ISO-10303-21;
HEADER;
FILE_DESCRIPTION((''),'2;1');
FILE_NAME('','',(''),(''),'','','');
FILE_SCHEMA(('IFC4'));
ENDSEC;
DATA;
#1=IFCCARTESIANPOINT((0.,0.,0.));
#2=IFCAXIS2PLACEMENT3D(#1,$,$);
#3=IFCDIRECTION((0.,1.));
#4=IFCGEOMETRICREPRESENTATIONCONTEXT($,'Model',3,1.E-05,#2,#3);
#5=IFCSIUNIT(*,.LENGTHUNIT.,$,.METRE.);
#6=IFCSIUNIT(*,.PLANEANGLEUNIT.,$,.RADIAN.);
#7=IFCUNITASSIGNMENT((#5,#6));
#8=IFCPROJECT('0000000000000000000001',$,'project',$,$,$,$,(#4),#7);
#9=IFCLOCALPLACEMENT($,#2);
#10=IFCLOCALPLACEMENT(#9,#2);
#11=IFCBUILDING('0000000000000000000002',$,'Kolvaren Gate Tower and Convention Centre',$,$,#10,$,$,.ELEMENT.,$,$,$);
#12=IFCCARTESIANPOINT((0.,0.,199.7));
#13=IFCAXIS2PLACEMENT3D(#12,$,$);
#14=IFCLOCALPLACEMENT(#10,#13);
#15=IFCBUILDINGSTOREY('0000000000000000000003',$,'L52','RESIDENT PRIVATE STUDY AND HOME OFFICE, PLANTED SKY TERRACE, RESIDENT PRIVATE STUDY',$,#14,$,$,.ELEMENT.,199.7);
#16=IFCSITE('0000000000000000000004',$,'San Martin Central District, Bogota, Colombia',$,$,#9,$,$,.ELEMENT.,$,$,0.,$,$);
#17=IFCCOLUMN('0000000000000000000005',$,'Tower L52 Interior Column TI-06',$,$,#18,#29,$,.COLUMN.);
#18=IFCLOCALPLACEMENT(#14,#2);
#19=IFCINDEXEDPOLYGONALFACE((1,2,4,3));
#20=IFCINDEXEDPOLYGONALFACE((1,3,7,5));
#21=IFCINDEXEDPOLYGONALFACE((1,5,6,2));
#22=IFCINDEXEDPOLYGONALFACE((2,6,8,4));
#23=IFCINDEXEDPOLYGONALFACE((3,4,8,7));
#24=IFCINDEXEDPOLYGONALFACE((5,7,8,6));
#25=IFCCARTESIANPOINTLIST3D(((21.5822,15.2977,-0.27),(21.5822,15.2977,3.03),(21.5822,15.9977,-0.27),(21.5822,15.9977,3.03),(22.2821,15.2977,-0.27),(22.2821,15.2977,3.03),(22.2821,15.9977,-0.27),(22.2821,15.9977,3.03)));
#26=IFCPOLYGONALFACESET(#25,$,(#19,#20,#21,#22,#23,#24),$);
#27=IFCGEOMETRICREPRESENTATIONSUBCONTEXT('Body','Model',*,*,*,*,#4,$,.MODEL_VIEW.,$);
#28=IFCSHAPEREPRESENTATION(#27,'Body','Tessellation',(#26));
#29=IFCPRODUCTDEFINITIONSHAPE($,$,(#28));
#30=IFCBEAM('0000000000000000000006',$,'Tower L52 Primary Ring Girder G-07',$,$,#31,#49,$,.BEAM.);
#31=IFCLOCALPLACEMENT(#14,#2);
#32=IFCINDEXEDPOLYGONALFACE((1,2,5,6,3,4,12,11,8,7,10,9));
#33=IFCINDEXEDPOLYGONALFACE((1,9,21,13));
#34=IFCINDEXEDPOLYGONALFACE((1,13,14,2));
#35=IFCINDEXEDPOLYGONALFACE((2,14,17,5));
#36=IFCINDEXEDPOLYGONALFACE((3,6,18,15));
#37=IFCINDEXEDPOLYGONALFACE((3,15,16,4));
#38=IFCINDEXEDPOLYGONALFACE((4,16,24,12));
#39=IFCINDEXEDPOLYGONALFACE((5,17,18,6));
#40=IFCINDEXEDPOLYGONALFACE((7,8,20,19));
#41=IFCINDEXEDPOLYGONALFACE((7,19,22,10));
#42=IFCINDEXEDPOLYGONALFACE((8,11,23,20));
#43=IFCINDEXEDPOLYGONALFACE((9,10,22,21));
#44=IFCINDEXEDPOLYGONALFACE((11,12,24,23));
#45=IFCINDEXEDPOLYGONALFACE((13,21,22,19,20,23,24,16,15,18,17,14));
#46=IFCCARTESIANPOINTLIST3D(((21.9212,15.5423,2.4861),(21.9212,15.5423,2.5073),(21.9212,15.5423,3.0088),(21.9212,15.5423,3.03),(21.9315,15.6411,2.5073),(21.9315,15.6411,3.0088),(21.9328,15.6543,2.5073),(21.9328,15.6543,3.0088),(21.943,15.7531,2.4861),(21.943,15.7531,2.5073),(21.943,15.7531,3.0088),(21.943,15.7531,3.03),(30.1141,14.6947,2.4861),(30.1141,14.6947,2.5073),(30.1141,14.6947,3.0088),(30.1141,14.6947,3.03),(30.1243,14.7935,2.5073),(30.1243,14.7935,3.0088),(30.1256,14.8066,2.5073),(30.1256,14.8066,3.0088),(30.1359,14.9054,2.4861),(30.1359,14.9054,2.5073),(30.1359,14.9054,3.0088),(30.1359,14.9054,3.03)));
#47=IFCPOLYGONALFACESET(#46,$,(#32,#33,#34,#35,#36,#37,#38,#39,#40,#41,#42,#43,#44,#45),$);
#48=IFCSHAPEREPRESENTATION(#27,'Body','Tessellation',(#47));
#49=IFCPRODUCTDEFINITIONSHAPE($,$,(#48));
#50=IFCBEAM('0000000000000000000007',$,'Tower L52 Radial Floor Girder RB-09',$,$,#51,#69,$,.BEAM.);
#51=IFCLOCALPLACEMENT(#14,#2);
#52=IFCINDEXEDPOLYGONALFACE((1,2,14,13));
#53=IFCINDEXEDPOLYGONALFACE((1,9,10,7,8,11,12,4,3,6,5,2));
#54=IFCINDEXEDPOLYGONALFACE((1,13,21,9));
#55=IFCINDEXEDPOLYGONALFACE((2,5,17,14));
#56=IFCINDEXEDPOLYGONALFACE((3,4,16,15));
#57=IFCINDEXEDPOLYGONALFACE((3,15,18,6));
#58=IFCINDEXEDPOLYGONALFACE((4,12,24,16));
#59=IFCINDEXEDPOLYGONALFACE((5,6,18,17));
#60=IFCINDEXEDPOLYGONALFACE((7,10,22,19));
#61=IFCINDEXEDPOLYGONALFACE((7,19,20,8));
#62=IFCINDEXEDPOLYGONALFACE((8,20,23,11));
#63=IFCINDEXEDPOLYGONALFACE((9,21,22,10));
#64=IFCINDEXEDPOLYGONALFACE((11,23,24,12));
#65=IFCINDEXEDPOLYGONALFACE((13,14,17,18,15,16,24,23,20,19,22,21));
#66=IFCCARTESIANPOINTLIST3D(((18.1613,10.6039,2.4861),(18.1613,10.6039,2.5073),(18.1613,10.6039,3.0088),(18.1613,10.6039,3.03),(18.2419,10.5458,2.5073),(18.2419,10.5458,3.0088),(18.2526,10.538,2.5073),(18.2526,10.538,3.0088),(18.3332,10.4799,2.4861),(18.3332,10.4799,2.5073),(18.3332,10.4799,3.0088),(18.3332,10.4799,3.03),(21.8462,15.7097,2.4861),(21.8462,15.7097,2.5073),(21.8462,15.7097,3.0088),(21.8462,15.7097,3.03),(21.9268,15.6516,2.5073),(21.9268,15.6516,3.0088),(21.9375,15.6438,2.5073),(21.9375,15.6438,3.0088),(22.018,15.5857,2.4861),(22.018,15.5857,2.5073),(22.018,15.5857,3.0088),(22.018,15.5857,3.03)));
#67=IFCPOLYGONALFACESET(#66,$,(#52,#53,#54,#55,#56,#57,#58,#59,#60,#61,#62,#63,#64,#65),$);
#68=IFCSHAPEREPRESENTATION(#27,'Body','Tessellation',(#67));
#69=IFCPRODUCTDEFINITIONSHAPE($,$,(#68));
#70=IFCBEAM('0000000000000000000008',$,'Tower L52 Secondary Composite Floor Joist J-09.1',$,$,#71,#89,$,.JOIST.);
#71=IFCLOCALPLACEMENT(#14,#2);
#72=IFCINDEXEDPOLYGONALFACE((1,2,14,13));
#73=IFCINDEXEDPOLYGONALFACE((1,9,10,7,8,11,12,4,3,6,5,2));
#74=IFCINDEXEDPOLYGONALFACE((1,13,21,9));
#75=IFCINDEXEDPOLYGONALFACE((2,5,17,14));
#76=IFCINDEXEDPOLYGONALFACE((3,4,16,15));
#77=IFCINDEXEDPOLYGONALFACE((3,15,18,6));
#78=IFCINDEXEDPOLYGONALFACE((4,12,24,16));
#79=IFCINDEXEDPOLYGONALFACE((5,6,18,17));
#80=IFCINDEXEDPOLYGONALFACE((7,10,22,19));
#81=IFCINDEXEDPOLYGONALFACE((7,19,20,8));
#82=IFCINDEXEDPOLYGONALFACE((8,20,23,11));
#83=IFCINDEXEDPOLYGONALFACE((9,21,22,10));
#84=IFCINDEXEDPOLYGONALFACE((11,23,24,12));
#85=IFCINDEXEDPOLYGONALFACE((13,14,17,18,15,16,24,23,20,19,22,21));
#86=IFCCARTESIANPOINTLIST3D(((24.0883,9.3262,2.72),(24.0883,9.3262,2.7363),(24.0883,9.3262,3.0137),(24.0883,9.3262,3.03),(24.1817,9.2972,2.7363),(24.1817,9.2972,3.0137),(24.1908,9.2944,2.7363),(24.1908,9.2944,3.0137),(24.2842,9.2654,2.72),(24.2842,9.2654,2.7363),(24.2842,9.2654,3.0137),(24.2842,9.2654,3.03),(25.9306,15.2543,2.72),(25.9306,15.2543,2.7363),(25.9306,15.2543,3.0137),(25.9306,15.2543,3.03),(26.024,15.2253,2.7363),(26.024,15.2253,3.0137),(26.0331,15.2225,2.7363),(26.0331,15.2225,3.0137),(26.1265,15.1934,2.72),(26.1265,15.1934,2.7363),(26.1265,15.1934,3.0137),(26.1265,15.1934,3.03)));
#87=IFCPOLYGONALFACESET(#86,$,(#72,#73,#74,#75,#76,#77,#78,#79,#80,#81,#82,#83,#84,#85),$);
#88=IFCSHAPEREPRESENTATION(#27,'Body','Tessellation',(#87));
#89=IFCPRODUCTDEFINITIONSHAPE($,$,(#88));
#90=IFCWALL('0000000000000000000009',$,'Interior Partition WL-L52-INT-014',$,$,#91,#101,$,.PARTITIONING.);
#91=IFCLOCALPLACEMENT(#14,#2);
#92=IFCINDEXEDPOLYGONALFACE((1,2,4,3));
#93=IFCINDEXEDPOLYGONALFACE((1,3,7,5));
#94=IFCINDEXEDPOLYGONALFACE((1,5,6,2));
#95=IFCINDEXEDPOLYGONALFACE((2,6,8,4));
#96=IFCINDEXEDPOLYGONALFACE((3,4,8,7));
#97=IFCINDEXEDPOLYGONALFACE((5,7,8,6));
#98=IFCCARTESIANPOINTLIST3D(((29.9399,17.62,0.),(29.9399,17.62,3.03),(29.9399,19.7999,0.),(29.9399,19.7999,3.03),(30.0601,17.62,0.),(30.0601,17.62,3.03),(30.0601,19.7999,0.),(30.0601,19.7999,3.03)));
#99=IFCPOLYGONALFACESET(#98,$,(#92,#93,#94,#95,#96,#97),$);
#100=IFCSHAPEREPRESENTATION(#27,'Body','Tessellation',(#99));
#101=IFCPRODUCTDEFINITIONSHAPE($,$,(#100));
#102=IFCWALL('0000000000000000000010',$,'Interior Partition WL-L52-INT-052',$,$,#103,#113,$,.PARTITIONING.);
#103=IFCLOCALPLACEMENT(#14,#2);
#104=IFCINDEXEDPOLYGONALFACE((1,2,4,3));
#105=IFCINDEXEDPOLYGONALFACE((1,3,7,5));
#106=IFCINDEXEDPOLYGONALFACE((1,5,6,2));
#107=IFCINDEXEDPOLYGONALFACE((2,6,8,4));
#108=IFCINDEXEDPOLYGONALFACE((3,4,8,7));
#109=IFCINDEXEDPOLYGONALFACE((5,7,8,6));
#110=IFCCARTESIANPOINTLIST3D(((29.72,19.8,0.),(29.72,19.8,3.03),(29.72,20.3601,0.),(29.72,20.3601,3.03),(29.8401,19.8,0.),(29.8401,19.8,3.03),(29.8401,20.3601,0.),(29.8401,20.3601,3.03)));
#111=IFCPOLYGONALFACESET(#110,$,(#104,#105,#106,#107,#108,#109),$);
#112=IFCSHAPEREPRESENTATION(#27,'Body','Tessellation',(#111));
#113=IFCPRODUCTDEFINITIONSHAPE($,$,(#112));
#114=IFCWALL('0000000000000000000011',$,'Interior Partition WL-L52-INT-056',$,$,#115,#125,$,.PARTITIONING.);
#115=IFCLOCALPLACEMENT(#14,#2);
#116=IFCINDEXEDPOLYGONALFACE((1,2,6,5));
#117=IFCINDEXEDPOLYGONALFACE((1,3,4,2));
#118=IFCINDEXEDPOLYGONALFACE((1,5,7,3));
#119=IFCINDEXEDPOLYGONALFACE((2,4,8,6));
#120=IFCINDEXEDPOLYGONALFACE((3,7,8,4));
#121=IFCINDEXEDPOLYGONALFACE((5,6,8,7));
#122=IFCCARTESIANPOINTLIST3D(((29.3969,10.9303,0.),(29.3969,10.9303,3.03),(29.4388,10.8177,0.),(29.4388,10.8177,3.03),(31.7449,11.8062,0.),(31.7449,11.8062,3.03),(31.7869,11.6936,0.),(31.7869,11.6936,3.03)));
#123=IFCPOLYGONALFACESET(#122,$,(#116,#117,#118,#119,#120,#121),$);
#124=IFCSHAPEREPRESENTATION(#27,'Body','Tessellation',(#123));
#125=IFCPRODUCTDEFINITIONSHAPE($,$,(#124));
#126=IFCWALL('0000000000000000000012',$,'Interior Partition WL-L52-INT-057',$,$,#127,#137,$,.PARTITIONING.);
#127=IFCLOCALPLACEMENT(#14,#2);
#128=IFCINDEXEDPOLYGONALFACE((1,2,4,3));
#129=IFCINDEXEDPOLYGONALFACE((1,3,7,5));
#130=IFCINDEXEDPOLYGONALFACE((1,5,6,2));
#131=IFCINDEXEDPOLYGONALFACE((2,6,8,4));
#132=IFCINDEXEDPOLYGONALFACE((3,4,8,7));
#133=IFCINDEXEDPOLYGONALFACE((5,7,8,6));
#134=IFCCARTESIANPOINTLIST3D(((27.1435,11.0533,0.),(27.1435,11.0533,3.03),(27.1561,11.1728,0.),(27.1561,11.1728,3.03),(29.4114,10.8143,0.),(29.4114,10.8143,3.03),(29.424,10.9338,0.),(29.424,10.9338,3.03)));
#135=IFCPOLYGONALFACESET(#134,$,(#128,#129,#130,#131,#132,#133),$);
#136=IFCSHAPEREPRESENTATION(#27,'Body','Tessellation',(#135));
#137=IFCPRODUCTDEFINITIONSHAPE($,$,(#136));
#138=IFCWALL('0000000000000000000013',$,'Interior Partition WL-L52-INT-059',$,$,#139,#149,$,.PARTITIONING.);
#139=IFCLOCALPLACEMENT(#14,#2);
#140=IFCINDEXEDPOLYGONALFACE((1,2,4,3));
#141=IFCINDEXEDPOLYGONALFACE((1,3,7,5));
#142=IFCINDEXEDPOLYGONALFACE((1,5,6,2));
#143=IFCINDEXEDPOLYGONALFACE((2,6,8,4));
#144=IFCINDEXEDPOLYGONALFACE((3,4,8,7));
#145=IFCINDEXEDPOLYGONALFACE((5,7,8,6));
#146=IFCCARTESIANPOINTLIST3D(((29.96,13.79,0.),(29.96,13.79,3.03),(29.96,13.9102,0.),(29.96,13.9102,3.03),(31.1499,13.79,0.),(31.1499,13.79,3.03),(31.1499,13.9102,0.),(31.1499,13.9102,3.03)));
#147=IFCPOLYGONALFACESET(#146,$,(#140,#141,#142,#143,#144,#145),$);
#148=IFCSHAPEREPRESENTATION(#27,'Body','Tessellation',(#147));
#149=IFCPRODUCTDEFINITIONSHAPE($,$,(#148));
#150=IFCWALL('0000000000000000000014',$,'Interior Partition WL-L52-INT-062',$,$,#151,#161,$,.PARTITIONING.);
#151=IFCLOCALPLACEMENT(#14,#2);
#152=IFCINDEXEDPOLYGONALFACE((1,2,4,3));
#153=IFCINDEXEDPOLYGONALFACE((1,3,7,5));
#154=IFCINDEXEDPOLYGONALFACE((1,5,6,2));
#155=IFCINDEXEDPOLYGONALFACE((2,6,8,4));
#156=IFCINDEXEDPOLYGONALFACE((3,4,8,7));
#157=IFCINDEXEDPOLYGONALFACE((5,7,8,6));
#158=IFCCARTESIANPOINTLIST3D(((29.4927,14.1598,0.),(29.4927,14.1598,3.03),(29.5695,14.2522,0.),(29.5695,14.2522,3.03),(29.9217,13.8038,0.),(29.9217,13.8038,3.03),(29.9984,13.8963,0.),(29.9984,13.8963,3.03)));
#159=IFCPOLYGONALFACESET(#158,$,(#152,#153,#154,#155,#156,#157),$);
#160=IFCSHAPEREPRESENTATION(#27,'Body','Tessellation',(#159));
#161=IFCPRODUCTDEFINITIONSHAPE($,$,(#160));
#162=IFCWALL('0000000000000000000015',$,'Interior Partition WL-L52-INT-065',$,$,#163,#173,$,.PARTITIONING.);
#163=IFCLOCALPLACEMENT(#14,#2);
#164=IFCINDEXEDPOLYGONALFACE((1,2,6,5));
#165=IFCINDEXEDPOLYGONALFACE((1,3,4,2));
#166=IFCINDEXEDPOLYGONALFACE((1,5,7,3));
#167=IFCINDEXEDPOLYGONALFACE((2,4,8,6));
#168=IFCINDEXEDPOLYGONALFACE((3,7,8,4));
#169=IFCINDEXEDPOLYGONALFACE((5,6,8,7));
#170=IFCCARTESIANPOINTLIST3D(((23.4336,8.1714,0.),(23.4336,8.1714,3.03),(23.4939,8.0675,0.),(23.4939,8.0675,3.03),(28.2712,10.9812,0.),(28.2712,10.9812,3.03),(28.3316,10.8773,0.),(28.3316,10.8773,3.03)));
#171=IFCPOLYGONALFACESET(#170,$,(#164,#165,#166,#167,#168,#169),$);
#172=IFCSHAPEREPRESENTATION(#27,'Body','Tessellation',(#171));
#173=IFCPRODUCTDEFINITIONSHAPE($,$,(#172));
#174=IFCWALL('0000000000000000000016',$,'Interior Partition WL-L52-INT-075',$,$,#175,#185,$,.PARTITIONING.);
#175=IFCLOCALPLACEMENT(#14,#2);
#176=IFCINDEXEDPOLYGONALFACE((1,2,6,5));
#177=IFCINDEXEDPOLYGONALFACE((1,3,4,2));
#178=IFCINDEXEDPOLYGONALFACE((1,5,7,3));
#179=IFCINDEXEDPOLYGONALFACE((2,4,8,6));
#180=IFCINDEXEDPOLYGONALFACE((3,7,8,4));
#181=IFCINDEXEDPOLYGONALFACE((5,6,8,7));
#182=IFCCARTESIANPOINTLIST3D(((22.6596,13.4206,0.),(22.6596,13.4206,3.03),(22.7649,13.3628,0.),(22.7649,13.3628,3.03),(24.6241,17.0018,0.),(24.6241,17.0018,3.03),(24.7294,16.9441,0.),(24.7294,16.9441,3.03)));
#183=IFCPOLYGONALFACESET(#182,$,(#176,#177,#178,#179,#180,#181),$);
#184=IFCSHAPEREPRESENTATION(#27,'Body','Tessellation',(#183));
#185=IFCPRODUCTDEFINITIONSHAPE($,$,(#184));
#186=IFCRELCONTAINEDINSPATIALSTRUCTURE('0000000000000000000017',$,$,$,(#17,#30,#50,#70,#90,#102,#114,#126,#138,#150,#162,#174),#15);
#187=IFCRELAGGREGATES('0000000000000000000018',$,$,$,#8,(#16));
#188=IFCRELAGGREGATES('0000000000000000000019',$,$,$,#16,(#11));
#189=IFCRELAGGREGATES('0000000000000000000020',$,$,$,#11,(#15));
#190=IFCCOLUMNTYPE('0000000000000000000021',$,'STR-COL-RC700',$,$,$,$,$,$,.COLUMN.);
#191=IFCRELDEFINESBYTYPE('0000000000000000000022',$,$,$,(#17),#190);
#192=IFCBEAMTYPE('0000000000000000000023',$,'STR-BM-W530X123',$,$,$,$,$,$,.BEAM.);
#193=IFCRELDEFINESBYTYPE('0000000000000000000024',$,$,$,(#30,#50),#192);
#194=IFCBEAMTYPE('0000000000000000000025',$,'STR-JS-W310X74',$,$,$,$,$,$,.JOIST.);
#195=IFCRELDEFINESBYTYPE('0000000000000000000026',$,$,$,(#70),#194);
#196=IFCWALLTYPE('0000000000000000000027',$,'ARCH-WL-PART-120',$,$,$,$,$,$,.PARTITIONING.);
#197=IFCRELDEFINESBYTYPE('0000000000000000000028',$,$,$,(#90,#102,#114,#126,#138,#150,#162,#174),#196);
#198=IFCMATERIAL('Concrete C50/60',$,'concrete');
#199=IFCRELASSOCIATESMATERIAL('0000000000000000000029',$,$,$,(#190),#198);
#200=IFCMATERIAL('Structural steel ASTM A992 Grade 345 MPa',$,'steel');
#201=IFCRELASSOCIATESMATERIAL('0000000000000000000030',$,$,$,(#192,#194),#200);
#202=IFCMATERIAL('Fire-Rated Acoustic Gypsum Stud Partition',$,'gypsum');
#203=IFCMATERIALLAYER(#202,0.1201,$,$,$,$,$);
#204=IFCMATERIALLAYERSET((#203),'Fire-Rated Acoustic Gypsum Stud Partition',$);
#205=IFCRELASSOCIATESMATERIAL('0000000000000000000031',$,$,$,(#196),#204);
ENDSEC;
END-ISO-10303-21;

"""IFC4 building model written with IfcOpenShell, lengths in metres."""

from ifc_helpers import new_model, si_unit, direction, frame, frame_2d, origin, origin_2d, place, context, subcontext, project, spatial, rectangle, i_section, extrude, material, layer, layer_set, material_profile, profile_set, type_object, element, save


model = new_model("IFC4")

# Units and contexts
model_context = context("Model", 3, precision=1e-05, world=origin(), true_north=direction((0.0, 1.0)))
body_context = subcontext(model_context, "Body", "Model", "MODEL_VIEW")
ifc_project = project(units=[si_unit("LENGTHUNIT", "METRE"), si_unit("PLANEANGLEUNIT", "RADIAN")], contexts=[model_context])

# Site, building, storey
site_placement = place(None, origin())
site = spatial("IfcSite", under=ifc_project, at=site_placement, Name="San Martin Central District, Bogota, Colombia", CompositionType="ELEMENT", RefElevation=0.0)
building_placement = place(site_placement, origin())
building = spatial("IfcBuilding", under=site, at=building_placement, Name="Kolvaren Gate Tower and Convention Centre", CompositionType="ELEMENT")
storey_placement = place(building_placement, frame((0.0, 0.0, 199.7)))
storey = spatial("IfcBuildingStorey", under=building, at=storey_placement, Name="L52", Description="RESIDENT PRIVATE STUDY AND HOME OFFICE, PLANTED SKY TERRACE, RESIDENT PRIVATE STUDY", CompositionType="ELEMENT", Elevation=199.7)

# Column
ifc_material_1 = material(Name="Concrete C50/60", Category="concrete")
ifc_material_profile_1 = material_profile(ifc_material_1, rectangle(XDim=0.7, YDim=0.7, at=origin_2d()), Name="RC-COL-700X700")
ifc_profile_set_1 = profile_set([ifc_material_profile_1], Name="Concrete C50/60")
column_type = type_object("IfcColumnType", Name="STR-COL-RC700", PredefinedType="COLUMN", material=ifc_profile_set_1)
column_placement = place(storey_placement, frame((21.9321, 15.6477, -0.27), z_axis=(0.0, 0.0, 1.0), x_axis=(1.0, 0.0, 0.0)))
element("IfcColumn", 1, at=column_placement, inside=storey, type_object=column_type, Name="Tower L52 Interior Column TI-06", PredefinedType="COLUMN", context=body_context, shape_type="SweptSolid", body=[
    extrude(rectangle(XDim=0.7, YDim=0.7, at=origin_2d()), origin(), (0.0, 0.0, 1.0), 3.3),
])

# Beams
ifc_material_2 = material(Name="Structural steel ASTM A992 Grade 345 MPa", Category="steel")
ifc_material_profile_2 = material_profile(ifc_material_2, i_section(OverallWidth=0.2119, OverallDepth=0.5439, WebThickness=0.0132, FlangeThickness=0.0212, at=origin_2d()), Name="W530X123")
ifc_profile_set_2 = profile_set([ifc_material_profile_2], Name="Structural steel ASTM A992 Grade 345 MPa")
beam_type_1 = type_object("IfcBeamType", Name="STR-BM-W530X123", PredefinedType="BEAM", material=ifc_profile_set_2)
beam_1_placement = place(storey_placement, frame((21.9321, 15.6477, 2.7581), z_axis=(0.99469, -0.102913, 0.0), x_axis=(0.102913, 0.99469, 0.0)))
element("IfcBeam", 2, at=beam_1_placement, inside=storey, type_object=beam_type_1, Name="Tower L52 Primary Ring Girder G-07", PredefinedType="BEAM", context=body_context, shape_type="SweptSolid", body=[
    extrude(i_section(OverallWidth=0.2119, OverallDepth=0.5439, WebThickness=0.0132, FlangeThickness=0.0212, at=origin_2d()), origin(), (0.0, 0.0, 1.0), 8.2366),
])
beam_2_placement = place(storey_placement, frame((21.9321, 15.6477, 2.7581), z_axis=(-0.585214, -0.810879, 0.0), x_axis=(0.810879, -0.585214, 0.0)))
element("IfcBeam", 3, at=beam_2_placement, inside=storey, type_object=beam_type_1, Name="Tower L52 Radial Floor Girder RB-09", PredefinedType="BEAM", context=body_context, shape_type="SweptSolid", body=[
    extrude(i_section(OverallWidth=0.2119, OverallDepth=0.5439, WebThickness=0.0132, FlangeThickness=0.0212, at=origin_2d()), origin(), (0.0, 0.0, 1.0), 6.2966),
])
ifc_material_profile_3 = material_profile(ifc_material_2, i_section(OverallWidth=0.2051, OverallDepth=0.3101, WebThickness=0.0095, FlangeThickness=0.0164, at=origin_2d()), Name="W310X74")
ifc_profile_set_3 = profile_set([ifc_material_profile_3], Name="Structural steel ASTM A992 Grade 345 MPa")
beam_type_2 = type_object("IfcBeamType", Name="STR-JS-W310X74", PredefinedType="JOIST", material=ifc_profile_set_3)
beam_3_placement = place(storey_placement, frame((26.0286, 15.2239, 2.875), z_axis=(-0.296776, -0.954947, 0.0), x_axis=(0.954947, -0.296776, 0.0)))
element("IfcBeam", 4, at=beam_3_placement, inside=storey, type_object=beam_type_2, Name="Tower L52 Secondary Composite Floor Joist J-09.1", PredefinedType="JOIST", context=body_context, shape_type="SweptSolid", body=[
    extrude(i_section(OverallWidth=0.2051, OverallDepth=0.3101, WebThickness=0.0095, FlangeThickness=0.0164, at=origin_2d()), origin(), (0.0, 0.0, 1.0), 6.2078),
])

# Walls
ifc_material_3 = material(Name="Fire-Rated Acoustic Gypsum Stud Partition", Category="gypsum")
ifc_layer_1 = layer(ifc_material_3, 0.1201)
ifc_layer_set_1 = layer_set([ifc_layer_1], Name="Fire-Rated Acoustic Gypsum Stud Partition")
wall_type_1 = type_object("IfcWallType", Name="ARCH-WL-PART-120", PredefinedType="PARTITIONING", material=ifc_layer_set_1)
wall_1_placement = place(storey_placement, frame((30.0, 17.6201, 0.0), z_axis=(0.0, 0.0, 1.0), x_axis=(0.0, 1.0, 0.0)))
element("IfcWall", 5, at=wall_1_placement, inside=storey, type_object=wall_type_1, Name="Interior Partition WL-L52-INT-014", PredefinedType="PARTITIONING", context=body_context, shape_type="SweptSolid", body=[
    extrude(rectangle(XDim=2.1799, YDim=0.1201, at=frame_2d((1.0898, 0.0))), origin(), (0.0, 0.0, 1.0), 3.03),
])
wall_2_placement = place(storey_placement, frame((29.78, 19.8, 0.0), z_axis=(0.0, 0.0, 1.0), x_axis=(0.0, 1.0, 0.0)))
element("IfcWall", 6, at=wall_2_placement, inside=storey, type_object=wall_type_1, Name="Interior Partition WL-L52-INT-052", PredefinedType="PARTITIONING", context=body_context, shape_type="SweptSolid", body=[
    extrude(rectangle(XDim=0.5601, YDim=0.1201, at=frame_2d((0.28, 0.0))), origin(), (0.0, 0.0, 1.0), 3.03),
])
wall_3_placement = place(storey_placement, frame((29.418, 10.874, 0.0), z_axis=(0.0, 0.0, 1.0), x_axis=(0.936928, 0.349522, 0.0)))
element("IfcWall", 7, at=wall_3_placement, inside=storey, type_object=wall_type_1, Name="Interior Partition WL-L52-INT-056", PredefinedType="PARTITIONING", context=body_context, shape_type="SweptSolid", body=[
    extrude(rectangle(XDim=2.5061, YDim=0.1201, at=frame_2d((1.2529, 0.0))), origin(), (0.0, 0.0, 1.0), 3.03),
])
wall_4_placement = place(storey_placement, frame((27.1499, 11.113, 0.0), z_axis=(0.0, 0.0, 1.0), x_axis=(0.994493, -0.104802, 0.0)))
element("IfcWall", 8, at=wall_4_placement, inside=storey, type_object=wall_type_1, Name="Interior Partition WL-L52-INT-057", PredefinedType="PARTITIONING", context=body_context, shape_type="SweptSolid", body=[
    extrude(rectangle(XDim=2.2805, YDim=0.1201, at=frame_2d((1.1401, 0.0))), origin(), (0.0, 0.0, 1.0), 3.03),
])
wall_5_placement = place(storey_placement, frame((29.96, 13.8501, 0.0), z_axis=(0.0, 0.0, 1.0), x_axis=(1.0, 0.0, 0.0)))
element("IfcWall", 9, at=wall_5_placement, inside=storey, type_object=wall_type_1, Name="Interior Partition WL-L52-INT-059", PredefinedType="PARTITIONING", context=body_context, shape_type="SweptSolid", body=[
    extrude(rectangle(XDim=1.1899, YDim=0.1201, at=frame_2d((0.595, 0.0))), origin(), (0.0, 0.0, 1.0), 3.03),
])
wall_6_placement = place(storey_placement, frame((29.531, 14.2061, 0.0), z_axis=(0.0, 0.0, 1.0), x_axis=(0.769548, -0.638589, 0.0)))
element("IfcWall", 10, at=wall_6_placement, inside=storey, type_object=wall_type_1, Name="Interior Partition WL-L52-INT-062", PredefinedType="PARTITIONING", context=body_context, shape_type="SweptSolid", body=[
    extrude(rectangle(XDim=0.5574, YDim=0.1201, at=frame_2d((0.2788, 0.0))), origin(), (0.0, 0.0, 1.0), 3.03),
])
wall_7_placement = place(storey_placement, frame((23.4636, 8.1194, 0.0), z_axis=(0.0, 0.0, 1.0), x_axis=(0.864722, 0.50225, 0.0)))
element("IfcWall", 11, at=wall_7_placement, inside=storey, type_object=wall_type_1, Name="Interior Partition WL-L52-INT-065", PredefinedType="PARTITIONING", context=body_context, shape_type="SweptSolid", body=[
    extrude(rectangle(XDim=5.5945, YDim=0.1201, at=frame_2d((2.7974, 0.0))), origin(), (0.0, 0.0, 1.0), 3.03),
])
wall_8_placement = place(storey_placement, frame((22.7122, 13.3916, 0.0), z_axis=(0.0, 0.0, 1.0), x_axis=(0.480957, 0.876744, 0.0)))
element("IfcWall", 12, at=wall_8_placement, inside=storey, type_object=wall_type_1, Name="Interior Partition WL-L52-INT-075", PredefinedType="PARTITIONING", context=body_context, shape_type="SweptSolid", body=[
    extrude(rectangle(XDim=4.0847, YDim=0.1201, at=frame_2d((2.0425, 0.0))), origin(), (0.0, 0.0, 1.0), 3.03),
])

save(model, "model.ifc")
